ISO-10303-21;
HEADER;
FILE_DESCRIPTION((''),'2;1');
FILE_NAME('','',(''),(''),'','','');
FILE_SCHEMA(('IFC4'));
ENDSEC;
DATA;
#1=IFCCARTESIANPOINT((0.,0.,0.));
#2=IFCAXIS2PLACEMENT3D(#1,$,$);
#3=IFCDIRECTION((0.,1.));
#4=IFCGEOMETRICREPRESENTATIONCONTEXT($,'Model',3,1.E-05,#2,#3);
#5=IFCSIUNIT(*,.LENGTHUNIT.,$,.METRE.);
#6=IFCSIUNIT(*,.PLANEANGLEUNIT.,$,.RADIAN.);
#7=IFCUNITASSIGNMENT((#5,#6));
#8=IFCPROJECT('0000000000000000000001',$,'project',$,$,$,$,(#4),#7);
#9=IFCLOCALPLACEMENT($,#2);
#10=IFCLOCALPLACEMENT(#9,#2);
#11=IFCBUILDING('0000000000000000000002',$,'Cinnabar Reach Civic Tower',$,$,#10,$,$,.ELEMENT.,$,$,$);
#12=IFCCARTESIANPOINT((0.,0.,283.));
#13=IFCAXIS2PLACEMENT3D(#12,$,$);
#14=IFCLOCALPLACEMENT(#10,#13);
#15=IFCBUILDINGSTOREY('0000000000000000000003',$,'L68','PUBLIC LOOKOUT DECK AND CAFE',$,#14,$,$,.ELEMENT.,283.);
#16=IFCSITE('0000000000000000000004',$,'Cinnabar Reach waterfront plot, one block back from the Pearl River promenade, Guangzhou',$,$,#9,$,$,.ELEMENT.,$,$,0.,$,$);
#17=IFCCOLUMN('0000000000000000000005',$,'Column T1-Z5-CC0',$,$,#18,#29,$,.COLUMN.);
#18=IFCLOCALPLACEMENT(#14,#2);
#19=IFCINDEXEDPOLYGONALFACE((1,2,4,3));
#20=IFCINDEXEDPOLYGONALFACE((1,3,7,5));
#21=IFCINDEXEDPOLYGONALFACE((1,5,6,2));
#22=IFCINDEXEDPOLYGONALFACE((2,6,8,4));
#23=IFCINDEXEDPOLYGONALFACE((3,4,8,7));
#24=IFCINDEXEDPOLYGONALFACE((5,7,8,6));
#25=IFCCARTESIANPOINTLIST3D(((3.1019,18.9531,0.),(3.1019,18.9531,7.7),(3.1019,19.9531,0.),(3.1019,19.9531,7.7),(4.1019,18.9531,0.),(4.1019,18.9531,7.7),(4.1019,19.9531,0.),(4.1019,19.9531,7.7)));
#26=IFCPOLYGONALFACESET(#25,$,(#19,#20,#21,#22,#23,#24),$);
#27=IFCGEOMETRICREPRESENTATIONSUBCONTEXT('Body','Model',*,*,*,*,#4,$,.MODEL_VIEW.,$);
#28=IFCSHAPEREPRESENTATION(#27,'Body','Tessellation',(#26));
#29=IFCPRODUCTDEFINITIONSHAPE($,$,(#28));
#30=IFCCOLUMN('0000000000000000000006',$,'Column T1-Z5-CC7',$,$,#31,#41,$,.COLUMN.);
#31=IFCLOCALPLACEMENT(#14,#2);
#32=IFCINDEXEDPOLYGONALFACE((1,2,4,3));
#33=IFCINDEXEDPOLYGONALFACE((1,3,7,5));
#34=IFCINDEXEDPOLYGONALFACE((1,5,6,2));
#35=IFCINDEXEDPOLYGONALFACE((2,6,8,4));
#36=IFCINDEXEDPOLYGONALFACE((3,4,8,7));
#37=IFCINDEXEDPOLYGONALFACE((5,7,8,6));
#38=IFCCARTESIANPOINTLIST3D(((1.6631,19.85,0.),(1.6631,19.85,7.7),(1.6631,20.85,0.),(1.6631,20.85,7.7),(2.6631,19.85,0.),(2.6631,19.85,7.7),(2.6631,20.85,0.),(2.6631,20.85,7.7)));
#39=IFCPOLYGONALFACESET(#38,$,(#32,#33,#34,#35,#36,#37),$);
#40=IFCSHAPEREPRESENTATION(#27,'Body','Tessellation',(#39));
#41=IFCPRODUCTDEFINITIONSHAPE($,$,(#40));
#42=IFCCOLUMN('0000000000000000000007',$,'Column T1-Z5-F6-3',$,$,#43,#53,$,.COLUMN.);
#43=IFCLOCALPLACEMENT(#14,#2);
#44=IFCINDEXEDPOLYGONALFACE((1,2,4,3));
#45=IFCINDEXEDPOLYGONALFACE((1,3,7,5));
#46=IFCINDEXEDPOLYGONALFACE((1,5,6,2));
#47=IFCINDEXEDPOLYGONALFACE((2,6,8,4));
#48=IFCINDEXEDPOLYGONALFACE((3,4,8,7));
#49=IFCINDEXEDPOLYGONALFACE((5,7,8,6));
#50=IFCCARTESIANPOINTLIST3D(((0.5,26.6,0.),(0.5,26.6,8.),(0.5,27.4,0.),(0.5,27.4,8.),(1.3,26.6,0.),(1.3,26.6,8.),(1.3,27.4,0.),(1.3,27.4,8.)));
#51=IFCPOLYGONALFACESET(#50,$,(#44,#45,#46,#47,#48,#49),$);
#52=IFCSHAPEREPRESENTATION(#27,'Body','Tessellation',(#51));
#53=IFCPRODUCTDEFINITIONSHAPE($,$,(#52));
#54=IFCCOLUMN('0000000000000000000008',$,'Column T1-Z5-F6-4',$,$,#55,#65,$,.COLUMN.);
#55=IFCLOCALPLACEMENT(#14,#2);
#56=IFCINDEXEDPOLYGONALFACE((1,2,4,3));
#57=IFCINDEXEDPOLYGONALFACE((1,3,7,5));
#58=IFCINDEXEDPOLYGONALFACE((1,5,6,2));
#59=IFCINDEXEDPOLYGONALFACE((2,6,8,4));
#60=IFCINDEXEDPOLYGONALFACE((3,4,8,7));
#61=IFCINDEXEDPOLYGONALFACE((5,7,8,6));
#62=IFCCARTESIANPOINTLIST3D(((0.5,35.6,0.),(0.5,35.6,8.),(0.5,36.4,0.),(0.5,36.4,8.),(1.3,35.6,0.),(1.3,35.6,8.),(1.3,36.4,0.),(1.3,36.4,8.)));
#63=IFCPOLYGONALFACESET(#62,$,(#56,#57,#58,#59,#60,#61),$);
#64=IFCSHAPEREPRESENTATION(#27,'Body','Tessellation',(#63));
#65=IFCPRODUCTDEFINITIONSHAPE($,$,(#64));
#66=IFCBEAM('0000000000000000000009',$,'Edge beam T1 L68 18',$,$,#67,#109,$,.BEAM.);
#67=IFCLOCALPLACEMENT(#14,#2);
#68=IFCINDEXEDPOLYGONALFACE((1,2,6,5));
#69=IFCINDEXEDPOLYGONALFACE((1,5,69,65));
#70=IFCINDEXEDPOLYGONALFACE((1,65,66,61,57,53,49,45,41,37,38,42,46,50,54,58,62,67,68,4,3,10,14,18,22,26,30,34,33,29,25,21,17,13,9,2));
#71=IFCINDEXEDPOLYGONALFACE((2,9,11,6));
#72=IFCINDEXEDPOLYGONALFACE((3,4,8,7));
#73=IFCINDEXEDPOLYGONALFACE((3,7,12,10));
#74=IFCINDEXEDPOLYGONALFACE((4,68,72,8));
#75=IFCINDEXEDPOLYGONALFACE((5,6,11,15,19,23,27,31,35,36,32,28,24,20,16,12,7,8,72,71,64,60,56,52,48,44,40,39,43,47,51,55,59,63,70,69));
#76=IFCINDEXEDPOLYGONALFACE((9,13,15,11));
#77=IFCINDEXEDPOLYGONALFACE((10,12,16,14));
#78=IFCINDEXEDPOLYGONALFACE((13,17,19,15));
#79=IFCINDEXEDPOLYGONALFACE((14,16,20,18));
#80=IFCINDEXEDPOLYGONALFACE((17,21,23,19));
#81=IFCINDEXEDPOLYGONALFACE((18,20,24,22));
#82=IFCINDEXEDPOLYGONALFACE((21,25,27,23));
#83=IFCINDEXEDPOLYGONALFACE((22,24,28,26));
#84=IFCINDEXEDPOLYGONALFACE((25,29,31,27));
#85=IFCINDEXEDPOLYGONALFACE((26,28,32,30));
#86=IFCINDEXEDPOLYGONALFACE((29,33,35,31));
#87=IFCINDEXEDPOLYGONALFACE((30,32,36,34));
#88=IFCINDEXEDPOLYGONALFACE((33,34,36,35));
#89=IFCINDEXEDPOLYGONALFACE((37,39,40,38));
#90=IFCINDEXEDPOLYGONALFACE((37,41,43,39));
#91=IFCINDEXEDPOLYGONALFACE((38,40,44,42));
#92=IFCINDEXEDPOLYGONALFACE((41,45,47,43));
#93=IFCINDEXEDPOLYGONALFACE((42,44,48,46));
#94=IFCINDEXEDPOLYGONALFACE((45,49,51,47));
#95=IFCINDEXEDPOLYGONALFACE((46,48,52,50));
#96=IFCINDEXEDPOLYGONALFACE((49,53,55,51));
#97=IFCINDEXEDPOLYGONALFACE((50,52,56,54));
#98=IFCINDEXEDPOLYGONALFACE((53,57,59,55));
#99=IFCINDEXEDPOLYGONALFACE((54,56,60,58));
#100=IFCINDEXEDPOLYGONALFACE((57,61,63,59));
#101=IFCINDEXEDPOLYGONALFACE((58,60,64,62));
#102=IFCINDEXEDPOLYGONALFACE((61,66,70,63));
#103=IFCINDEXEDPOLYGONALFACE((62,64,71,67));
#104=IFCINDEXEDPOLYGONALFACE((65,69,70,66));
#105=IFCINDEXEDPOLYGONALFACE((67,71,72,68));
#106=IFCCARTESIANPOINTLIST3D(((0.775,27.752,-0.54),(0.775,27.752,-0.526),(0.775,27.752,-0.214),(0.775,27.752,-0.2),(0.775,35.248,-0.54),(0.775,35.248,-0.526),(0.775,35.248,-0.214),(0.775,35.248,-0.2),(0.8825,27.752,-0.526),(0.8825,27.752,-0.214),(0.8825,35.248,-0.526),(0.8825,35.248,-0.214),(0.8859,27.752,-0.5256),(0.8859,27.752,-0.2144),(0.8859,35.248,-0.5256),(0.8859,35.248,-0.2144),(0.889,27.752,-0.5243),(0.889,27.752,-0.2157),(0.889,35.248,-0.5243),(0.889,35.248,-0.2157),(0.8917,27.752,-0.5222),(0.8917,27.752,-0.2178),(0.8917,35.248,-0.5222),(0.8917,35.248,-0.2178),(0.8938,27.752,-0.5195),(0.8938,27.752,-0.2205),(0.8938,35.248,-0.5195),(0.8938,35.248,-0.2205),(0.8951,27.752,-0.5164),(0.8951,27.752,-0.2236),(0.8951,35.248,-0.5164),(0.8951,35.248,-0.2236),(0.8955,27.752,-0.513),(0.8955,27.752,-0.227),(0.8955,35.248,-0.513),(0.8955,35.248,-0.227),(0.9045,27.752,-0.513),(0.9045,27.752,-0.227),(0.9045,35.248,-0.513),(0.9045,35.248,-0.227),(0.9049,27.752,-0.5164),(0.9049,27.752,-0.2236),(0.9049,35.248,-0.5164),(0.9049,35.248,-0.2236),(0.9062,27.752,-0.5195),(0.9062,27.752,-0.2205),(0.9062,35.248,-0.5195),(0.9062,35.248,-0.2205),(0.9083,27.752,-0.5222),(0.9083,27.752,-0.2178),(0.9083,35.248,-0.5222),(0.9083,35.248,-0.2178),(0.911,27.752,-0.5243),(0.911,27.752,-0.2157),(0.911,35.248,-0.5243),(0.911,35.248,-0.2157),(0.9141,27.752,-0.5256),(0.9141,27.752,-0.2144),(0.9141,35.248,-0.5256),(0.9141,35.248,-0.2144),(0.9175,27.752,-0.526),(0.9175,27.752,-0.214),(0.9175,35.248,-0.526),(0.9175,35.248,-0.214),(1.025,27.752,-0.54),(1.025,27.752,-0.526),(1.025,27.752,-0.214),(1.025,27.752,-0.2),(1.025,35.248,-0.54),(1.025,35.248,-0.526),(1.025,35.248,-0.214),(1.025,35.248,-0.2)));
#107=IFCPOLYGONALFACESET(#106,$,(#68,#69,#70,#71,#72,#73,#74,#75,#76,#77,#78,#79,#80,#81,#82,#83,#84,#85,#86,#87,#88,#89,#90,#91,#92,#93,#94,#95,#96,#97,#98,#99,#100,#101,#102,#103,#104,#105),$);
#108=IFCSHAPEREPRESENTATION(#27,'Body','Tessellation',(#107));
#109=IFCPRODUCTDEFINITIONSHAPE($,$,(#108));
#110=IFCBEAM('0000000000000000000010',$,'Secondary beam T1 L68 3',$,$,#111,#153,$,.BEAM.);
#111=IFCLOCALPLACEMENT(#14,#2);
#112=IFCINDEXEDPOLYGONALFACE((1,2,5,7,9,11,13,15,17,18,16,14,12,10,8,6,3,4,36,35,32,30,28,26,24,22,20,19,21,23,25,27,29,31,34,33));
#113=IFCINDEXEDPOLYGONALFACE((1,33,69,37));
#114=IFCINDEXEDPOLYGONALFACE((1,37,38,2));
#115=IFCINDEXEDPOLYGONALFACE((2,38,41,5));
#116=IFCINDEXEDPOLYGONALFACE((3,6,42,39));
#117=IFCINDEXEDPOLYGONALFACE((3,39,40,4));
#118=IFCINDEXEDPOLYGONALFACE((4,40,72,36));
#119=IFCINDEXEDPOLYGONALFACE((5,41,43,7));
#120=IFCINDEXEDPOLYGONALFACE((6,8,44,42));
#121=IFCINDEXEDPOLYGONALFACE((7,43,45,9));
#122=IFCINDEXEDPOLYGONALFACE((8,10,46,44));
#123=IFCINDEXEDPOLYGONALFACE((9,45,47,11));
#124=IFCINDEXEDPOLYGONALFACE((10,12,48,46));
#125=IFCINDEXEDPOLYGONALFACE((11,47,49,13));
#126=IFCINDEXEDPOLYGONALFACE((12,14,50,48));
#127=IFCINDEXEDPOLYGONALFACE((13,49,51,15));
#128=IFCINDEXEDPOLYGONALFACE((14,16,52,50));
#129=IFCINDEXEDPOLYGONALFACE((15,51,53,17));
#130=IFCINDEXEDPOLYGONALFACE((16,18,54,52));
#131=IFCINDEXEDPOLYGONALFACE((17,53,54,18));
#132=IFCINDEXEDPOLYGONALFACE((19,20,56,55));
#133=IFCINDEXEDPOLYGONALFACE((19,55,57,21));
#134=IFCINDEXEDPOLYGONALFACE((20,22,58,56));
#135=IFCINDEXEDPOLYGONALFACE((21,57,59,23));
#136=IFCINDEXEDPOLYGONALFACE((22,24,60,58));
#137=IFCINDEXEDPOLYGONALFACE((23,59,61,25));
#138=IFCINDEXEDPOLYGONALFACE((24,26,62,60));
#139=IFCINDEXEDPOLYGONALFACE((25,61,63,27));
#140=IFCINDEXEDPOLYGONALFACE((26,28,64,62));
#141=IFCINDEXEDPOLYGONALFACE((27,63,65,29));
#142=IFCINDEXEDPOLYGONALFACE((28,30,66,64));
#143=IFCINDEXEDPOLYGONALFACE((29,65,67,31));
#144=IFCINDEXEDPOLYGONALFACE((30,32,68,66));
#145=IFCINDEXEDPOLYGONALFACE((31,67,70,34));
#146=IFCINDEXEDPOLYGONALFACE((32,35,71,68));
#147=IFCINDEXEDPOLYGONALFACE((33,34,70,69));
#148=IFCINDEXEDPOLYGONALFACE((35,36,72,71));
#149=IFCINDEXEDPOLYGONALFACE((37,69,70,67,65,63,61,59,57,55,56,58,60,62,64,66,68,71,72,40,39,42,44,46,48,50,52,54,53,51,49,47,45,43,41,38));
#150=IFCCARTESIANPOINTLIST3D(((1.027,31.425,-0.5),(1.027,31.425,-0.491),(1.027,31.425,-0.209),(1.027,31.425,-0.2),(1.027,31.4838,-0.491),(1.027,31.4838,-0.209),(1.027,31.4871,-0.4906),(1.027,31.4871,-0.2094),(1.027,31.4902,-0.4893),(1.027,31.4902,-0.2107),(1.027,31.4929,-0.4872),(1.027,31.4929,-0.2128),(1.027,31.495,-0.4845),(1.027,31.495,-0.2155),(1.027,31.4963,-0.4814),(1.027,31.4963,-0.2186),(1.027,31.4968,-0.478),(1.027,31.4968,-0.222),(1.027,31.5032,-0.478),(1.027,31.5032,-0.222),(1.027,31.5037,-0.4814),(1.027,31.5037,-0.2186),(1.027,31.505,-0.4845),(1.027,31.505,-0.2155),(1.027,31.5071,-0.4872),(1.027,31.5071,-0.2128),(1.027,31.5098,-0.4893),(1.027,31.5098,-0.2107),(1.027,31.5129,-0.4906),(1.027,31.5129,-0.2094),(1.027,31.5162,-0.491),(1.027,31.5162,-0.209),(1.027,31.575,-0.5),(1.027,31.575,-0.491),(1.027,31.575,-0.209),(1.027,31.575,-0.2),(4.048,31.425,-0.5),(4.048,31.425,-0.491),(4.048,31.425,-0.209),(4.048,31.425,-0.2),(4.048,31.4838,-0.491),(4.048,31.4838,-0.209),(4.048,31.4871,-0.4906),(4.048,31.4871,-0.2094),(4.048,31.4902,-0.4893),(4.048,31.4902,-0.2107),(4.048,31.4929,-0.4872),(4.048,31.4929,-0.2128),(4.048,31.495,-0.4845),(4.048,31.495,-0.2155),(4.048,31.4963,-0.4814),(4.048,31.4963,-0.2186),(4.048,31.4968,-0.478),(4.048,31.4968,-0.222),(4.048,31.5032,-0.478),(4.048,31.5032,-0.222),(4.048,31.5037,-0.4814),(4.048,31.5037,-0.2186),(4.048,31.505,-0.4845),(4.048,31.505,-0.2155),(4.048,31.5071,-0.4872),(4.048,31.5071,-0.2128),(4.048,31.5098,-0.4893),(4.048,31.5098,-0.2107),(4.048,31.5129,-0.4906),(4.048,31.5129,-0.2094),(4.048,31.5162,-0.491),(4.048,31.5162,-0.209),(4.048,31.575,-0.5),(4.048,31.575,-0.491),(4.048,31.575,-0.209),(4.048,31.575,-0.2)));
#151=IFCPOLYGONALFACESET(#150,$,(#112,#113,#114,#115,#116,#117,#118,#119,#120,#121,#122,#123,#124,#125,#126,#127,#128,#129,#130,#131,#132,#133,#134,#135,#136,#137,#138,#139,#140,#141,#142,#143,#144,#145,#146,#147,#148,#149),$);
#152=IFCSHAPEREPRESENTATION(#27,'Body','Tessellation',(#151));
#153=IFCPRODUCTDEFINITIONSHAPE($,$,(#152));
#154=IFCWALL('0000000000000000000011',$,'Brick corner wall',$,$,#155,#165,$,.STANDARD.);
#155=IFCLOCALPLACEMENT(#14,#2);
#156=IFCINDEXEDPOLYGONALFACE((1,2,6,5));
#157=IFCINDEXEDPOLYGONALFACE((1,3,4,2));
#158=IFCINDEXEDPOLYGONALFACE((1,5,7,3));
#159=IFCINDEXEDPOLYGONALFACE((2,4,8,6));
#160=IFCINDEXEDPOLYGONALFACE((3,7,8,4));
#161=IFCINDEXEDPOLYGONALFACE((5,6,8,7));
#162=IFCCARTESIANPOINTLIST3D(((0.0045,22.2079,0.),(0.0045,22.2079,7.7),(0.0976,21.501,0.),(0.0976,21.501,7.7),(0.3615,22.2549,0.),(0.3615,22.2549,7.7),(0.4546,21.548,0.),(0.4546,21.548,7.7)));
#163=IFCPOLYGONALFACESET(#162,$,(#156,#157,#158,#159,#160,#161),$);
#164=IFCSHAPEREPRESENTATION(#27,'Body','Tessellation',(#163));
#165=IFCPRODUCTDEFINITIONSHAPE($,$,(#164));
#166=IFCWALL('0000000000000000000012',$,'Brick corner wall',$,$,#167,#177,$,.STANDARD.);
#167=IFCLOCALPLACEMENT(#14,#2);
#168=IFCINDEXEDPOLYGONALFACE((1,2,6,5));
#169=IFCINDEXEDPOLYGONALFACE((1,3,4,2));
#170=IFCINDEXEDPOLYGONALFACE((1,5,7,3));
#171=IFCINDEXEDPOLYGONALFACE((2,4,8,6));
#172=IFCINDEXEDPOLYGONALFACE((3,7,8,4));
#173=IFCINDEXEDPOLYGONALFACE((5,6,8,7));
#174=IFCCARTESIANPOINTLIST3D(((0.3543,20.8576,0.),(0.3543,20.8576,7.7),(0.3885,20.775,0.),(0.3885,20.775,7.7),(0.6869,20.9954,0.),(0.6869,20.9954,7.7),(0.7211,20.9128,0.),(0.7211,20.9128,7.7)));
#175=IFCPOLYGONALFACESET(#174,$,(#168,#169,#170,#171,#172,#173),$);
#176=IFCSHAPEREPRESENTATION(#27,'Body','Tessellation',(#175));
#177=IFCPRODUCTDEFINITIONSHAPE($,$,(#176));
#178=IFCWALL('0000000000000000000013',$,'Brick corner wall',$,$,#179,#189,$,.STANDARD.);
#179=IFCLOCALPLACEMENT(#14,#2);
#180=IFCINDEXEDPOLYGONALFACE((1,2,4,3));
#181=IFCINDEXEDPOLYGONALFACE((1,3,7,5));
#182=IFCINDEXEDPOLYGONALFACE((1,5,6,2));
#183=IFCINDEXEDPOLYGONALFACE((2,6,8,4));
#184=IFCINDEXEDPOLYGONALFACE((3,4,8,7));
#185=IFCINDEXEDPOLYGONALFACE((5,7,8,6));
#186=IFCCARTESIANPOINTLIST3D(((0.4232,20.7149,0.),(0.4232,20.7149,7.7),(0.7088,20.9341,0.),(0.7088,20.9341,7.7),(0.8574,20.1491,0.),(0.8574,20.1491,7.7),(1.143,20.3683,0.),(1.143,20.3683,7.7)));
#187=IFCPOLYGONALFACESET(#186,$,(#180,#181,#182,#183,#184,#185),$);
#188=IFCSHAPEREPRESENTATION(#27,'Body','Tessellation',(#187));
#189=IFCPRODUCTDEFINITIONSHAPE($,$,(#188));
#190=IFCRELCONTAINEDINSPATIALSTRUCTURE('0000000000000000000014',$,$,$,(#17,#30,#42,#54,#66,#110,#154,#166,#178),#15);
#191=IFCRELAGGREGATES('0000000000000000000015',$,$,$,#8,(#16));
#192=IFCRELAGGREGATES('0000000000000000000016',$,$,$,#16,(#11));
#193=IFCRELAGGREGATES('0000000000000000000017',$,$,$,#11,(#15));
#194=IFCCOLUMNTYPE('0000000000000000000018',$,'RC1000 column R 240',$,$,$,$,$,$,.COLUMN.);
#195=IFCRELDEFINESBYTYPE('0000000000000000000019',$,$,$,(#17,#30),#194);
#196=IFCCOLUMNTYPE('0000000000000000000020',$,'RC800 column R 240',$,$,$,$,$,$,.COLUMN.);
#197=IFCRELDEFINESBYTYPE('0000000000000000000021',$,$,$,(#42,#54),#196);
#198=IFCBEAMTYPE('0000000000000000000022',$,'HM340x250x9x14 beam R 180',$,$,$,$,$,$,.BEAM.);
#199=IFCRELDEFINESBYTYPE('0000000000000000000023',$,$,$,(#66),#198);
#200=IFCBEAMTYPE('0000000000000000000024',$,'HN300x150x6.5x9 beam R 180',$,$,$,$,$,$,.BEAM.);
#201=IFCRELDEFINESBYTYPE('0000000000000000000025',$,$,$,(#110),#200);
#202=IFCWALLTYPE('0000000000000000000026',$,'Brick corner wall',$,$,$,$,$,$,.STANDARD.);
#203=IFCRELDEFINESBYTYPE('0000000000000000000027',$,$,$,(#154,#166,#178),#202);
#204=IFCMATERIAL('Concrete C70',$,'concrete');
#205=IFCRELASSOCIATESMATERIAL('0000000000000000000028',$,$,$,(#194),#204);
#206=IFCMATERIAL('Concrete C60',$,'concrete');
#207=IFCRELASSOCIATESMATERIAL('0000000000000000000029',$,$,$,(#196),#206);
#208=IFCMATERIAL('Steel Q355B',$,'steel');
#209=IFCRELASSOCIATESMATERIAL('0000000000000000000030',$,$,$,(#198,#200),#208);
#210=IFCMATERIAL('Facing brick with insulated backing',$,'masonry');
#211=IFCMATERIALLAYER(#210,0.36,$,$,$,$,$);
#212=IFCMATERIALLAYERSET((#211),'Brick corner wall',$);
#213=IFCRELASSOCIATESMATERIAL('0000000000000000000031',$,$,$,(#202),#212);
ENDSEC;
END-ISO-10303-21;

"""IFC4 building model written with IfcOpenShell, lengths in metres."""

from ifc_helpers import new_model, si_unit, direction, frame, frame_2d, origin, origin_2d, place, context, subcontext, project, spatial, rectangle, i_section, extrude, material, layer, layer_set, material_profile, profile_set, type_object, element, save


model = new_model("IFC4")

# Units and contexts
model_context = context("Model", 3, precision=1e-05, world=origin(), true_north=direction((0.0, 1.0)))
body_context = subcontext(model_context, "Body", "Model", "MODEL_VIEW")
ifc_project = project(units=[si_unit("LENGTHUNIT", "METRE"), si_unit("PLANEANGLEUNIT", "RADIAN")], contexts=[model_context])

# Site, building, storey
site_placement = place(None, origin())
site = spatial("IfcSite", under=ifc_project, at=site_placement, Name="Cinnabar Reach waterfront plot, one block back from the Pearl River promenade, Guangzhou", CompositionType="ELEMENT", RefElevation=0.0)
building_placement = place(site_placement, origin())
building = spatial("IfcBuilding", under=site, at=building_placement, Name="Cinnabar Reach Civic Tower", CompositionType="ELEMENT")
storey_placement = place(building_placement, frame((0.0, 0.0, 283.0)))
storey = spatial("IfcBuildingStorey", under=building, at=storey_placement, Name="L68", Description="PUBLIC LOOKOUT DECK AND CAFE", CompositionType="ELEMENT", Elevation=283.0)

# Columns
ifc_material_1 = material(Name="Concrete C70", Category="concrete")
ifc_material_profile_1 = material_profile(ifc_material_1, rectangle(XDim=1.0, YDim=1.0, at=origin_2d()), Name="RC1000")
ifc_profile_set_1 = profile_set([ifc_material_profile_1], Name="Concrete C70")
column_type_1 = type_object("IfcColumnType", Name="RC1000 column R 240", PredefinedType="COLUMN", material=ifc_profile_set_1)
for number, where, z_axis, x_axis, name in (
    (1, (3.6019, 19.4531, 0.0), (0.0, 0.0, 1.0), (1.0, 0.0, 0.0), "Column T1-Z5-CC0"),
    (2, (2.1631, 20.35, 0.0), (0.0, 0.0, 1.0), (1.0, 0.0, 0.0), "Column T1-Z5-CC7"),
):
    element("IfcColumn", number, at=place(storey_placement, frame(where, z_axis=z_axis, x_axis=x_axis)), inside=storey, type_object=column_type_1, Name=name, PredefinedType="COLUMN", context=body_context, shape_type="SweptSolid", body=[
        extrude(rectangle(XDim=1.0, YDim=1.0, at=origin_2d()), origin(), (0.0, 0.0, 1.0), 7.7),
    ])
ifc_material_2 = material(Name="Concrete C60", Category="concrete")
ifc_material_profile_2 = material_profile(ifc_material_2, rectangle(XDim=0.8, YDim=0.8, at=origin_2d()), Name="RC800")
ifc_profile_set_2 = profile_set([ifc_material_profile_2], Name="Concrete C60")
column_type_2 = type_object("IfcColumnType", Name="RC800 column R 240", PredefinedType="COLUMN", material=ifc_profile_set_2)
for number, where, z_axis, x_axis, name in (
    (3, (0.9, 27.0, 0.0), (0.0, 0.0, 1.0), (1.0, 0.0, 0.0), "Column T1-Z5-F6-3"),
    (4, (0.9, 36.0, 0.0), (0.0, 0.0, 1.0), (1.0, 0.0, 0.0), "Column T1-Z5-F6-4"),
):
    element("IfcColumn", number, at=place(storey_placement, frame(where, z_axis=z_axis, x_axis=x_axis)), inside=storey, type_object=column_type_2, Name=name, PredefinedType="COLUMN", context=body_context, shape_type="SweptSolid", body=[
        extrude(rectangle(XDim=0.8, YDim=0.8, at=origin_2d()), origin(), (0.0, 0.0, 1.0), 8.0),
    ])

# Beams
ifc_material_3 = material(Name="Steel Q355B", Category="steel")
ifc_material_profile_3 = material_profile(ifc_material_3, i_section(OverallWidth=0.25, OverallDepth=0.34, WebThickness=0.009, FlangeThickness=0.014, FilletRadius=0.013, at=origin_2d()), Name="HM340x250x9x14")
ifc_profile_set_3 = profile_set([ifc_material_profile_3], Name="Steel Q355B")
beam_type_1 = type_object("IfcBeamType", Name="HM340x250x9x14 beam R 180", PredefinedType="BEAM", material=ifc_profile_set_3)
beam_1_placement = place(storey_placement, frame((0.9, 35.248, -0.37), z_axis=(0.0, -1.0, 0.0), x_axis=(1.0, 0.0, 0.0)))
element("IfcBeam", 5, at=beam_1_placement, inside=storey, type_object=beam_type_1, Name="Edge beam T1 L68 18", PredefinedType="BEAM", context=body_context, shape_type="SweptSolid", body=[
    extrude(i_section(OverallWidth=0.25, OverallDepth=0.34, WebThickness=0.009, FlangeThickness=0.014, FilletRadius=0.013, at=origin_2d()), origin(), (0.0, 0.0, 1.0), 7.496),
])
ifc_material_profile_4 = material_profile(ifc_material_3, i_section(OverallWidth=0.15, OverallDepth=0.3, WebThickness=0.0065, FlangeThickness=0.009, FilletRadius=0.013, at=origin_2d()), Name="HN300x150x6.5x9")
ifc_profile_set_4 = profile_set([ifc_material_profile_4], Name="Steel Q355B")
beam_type_2 = type_object("IfcBeamType", Name="HN300x150x6.5x9 beam R 180", PredefinedType="BEAM", material=ifc_profile_set_4)
beam_2_placement = place(storey_placement, frame((1.027, 31.5, -0.35), z_axis=(1.0, 0.0, 0.0), x_axis=(0.0, 1.0, 0.0)))
element("IfcBeam", 6, at=beam_2_placement, inside=storey, type_object=beam_type_2, Name="Secondary beam T1 L68 3", PredefinedType="BEAM", context=body_context, shape_type="SweptSolid", body=[
    extrude(i_section(OverallWidth=0.15, OverallDepth=0.3, WebThickness=0.0065, FlangeThickness=0.009, FilletRadius=0.013, at=origin_2d()), origin(), (0.0, 0.0, 1.0), 3.021),
])

# Walls
ifc_material_4 = material(Name="Facing brick with insulated backing", Category="masonry")
ifc_layer_1 = layer(ifc_material_4, 0.36)
ifc_layer_set_1 = layer_set([ifc_layer_1], Name="Brick corner wall")
wall_type_1 = type_object("IfcWallType", Name="Brick corner wall", PredefinedType="STANDARD", material=ifc_layer_set_1)
wall_1_placement = place(storey_placement, frame((0.183, 22.2314, 0.0), z_axis=(0.0, 0.0, 1.0), x_axis=(0.130556, -0.991441, 0.0)))
element("IfcWall", 7, at=wall_1_placement, inside=storey, type_object=wall_type_1, Name="Brick corner wall", PredefinedType="STANDARD", context=body_context, shape_type="SweptSolid", body=[
    extrude(rectangle(XDim=0.7131, YDim=0.36, at=frame_2d((0.3565, 0.0))), origin(), (0.0, 0.0, 1.0), 7.7),
])
wall_2_placement = place(storey_placement, frame((0.5206, 20.9265, 0.0), z_axis=(0.0, 0.0, 1.0), x_axis=(0.382549, -0.923935, 0.0)))
element("IfcWall", 8, at=wall_2_placement, inside=storey, type_object=wall_type_1, Name="Brick corner wall", PredefinedType="STANDARD", context=body_context, shape_type="SweptSolid", body=[
    extrude(rectangle(XDim=0.0894, YDim=0.36, at=frame_2d((0.0447, 0.0))), origin(), (0.0, 0.0, 1.0), 7.7),
])
wall_3_placement = place(storey_placement, frame((0.566, 20.8245, 0.0), z_axis=(0.0, 0.0, 1.0), x_axis=(0.608802, -0.793322, 0.0)))
element("IfcWall", 9, at=wall_3_placement, inside=storey, type_object=wall_type_1, Name="Brick corner wall", PredefinedType="STANDARD", context=body_context, shape_type="SweptSolid", body=[
    extrude(rectangle(XDim=0.7132, YDim=0.36, at=frame_2d((0.3566, 0.0))), origin(), (0.0, 0.0, 1.0), 7.7),
])

save(model, "model.ifc")
